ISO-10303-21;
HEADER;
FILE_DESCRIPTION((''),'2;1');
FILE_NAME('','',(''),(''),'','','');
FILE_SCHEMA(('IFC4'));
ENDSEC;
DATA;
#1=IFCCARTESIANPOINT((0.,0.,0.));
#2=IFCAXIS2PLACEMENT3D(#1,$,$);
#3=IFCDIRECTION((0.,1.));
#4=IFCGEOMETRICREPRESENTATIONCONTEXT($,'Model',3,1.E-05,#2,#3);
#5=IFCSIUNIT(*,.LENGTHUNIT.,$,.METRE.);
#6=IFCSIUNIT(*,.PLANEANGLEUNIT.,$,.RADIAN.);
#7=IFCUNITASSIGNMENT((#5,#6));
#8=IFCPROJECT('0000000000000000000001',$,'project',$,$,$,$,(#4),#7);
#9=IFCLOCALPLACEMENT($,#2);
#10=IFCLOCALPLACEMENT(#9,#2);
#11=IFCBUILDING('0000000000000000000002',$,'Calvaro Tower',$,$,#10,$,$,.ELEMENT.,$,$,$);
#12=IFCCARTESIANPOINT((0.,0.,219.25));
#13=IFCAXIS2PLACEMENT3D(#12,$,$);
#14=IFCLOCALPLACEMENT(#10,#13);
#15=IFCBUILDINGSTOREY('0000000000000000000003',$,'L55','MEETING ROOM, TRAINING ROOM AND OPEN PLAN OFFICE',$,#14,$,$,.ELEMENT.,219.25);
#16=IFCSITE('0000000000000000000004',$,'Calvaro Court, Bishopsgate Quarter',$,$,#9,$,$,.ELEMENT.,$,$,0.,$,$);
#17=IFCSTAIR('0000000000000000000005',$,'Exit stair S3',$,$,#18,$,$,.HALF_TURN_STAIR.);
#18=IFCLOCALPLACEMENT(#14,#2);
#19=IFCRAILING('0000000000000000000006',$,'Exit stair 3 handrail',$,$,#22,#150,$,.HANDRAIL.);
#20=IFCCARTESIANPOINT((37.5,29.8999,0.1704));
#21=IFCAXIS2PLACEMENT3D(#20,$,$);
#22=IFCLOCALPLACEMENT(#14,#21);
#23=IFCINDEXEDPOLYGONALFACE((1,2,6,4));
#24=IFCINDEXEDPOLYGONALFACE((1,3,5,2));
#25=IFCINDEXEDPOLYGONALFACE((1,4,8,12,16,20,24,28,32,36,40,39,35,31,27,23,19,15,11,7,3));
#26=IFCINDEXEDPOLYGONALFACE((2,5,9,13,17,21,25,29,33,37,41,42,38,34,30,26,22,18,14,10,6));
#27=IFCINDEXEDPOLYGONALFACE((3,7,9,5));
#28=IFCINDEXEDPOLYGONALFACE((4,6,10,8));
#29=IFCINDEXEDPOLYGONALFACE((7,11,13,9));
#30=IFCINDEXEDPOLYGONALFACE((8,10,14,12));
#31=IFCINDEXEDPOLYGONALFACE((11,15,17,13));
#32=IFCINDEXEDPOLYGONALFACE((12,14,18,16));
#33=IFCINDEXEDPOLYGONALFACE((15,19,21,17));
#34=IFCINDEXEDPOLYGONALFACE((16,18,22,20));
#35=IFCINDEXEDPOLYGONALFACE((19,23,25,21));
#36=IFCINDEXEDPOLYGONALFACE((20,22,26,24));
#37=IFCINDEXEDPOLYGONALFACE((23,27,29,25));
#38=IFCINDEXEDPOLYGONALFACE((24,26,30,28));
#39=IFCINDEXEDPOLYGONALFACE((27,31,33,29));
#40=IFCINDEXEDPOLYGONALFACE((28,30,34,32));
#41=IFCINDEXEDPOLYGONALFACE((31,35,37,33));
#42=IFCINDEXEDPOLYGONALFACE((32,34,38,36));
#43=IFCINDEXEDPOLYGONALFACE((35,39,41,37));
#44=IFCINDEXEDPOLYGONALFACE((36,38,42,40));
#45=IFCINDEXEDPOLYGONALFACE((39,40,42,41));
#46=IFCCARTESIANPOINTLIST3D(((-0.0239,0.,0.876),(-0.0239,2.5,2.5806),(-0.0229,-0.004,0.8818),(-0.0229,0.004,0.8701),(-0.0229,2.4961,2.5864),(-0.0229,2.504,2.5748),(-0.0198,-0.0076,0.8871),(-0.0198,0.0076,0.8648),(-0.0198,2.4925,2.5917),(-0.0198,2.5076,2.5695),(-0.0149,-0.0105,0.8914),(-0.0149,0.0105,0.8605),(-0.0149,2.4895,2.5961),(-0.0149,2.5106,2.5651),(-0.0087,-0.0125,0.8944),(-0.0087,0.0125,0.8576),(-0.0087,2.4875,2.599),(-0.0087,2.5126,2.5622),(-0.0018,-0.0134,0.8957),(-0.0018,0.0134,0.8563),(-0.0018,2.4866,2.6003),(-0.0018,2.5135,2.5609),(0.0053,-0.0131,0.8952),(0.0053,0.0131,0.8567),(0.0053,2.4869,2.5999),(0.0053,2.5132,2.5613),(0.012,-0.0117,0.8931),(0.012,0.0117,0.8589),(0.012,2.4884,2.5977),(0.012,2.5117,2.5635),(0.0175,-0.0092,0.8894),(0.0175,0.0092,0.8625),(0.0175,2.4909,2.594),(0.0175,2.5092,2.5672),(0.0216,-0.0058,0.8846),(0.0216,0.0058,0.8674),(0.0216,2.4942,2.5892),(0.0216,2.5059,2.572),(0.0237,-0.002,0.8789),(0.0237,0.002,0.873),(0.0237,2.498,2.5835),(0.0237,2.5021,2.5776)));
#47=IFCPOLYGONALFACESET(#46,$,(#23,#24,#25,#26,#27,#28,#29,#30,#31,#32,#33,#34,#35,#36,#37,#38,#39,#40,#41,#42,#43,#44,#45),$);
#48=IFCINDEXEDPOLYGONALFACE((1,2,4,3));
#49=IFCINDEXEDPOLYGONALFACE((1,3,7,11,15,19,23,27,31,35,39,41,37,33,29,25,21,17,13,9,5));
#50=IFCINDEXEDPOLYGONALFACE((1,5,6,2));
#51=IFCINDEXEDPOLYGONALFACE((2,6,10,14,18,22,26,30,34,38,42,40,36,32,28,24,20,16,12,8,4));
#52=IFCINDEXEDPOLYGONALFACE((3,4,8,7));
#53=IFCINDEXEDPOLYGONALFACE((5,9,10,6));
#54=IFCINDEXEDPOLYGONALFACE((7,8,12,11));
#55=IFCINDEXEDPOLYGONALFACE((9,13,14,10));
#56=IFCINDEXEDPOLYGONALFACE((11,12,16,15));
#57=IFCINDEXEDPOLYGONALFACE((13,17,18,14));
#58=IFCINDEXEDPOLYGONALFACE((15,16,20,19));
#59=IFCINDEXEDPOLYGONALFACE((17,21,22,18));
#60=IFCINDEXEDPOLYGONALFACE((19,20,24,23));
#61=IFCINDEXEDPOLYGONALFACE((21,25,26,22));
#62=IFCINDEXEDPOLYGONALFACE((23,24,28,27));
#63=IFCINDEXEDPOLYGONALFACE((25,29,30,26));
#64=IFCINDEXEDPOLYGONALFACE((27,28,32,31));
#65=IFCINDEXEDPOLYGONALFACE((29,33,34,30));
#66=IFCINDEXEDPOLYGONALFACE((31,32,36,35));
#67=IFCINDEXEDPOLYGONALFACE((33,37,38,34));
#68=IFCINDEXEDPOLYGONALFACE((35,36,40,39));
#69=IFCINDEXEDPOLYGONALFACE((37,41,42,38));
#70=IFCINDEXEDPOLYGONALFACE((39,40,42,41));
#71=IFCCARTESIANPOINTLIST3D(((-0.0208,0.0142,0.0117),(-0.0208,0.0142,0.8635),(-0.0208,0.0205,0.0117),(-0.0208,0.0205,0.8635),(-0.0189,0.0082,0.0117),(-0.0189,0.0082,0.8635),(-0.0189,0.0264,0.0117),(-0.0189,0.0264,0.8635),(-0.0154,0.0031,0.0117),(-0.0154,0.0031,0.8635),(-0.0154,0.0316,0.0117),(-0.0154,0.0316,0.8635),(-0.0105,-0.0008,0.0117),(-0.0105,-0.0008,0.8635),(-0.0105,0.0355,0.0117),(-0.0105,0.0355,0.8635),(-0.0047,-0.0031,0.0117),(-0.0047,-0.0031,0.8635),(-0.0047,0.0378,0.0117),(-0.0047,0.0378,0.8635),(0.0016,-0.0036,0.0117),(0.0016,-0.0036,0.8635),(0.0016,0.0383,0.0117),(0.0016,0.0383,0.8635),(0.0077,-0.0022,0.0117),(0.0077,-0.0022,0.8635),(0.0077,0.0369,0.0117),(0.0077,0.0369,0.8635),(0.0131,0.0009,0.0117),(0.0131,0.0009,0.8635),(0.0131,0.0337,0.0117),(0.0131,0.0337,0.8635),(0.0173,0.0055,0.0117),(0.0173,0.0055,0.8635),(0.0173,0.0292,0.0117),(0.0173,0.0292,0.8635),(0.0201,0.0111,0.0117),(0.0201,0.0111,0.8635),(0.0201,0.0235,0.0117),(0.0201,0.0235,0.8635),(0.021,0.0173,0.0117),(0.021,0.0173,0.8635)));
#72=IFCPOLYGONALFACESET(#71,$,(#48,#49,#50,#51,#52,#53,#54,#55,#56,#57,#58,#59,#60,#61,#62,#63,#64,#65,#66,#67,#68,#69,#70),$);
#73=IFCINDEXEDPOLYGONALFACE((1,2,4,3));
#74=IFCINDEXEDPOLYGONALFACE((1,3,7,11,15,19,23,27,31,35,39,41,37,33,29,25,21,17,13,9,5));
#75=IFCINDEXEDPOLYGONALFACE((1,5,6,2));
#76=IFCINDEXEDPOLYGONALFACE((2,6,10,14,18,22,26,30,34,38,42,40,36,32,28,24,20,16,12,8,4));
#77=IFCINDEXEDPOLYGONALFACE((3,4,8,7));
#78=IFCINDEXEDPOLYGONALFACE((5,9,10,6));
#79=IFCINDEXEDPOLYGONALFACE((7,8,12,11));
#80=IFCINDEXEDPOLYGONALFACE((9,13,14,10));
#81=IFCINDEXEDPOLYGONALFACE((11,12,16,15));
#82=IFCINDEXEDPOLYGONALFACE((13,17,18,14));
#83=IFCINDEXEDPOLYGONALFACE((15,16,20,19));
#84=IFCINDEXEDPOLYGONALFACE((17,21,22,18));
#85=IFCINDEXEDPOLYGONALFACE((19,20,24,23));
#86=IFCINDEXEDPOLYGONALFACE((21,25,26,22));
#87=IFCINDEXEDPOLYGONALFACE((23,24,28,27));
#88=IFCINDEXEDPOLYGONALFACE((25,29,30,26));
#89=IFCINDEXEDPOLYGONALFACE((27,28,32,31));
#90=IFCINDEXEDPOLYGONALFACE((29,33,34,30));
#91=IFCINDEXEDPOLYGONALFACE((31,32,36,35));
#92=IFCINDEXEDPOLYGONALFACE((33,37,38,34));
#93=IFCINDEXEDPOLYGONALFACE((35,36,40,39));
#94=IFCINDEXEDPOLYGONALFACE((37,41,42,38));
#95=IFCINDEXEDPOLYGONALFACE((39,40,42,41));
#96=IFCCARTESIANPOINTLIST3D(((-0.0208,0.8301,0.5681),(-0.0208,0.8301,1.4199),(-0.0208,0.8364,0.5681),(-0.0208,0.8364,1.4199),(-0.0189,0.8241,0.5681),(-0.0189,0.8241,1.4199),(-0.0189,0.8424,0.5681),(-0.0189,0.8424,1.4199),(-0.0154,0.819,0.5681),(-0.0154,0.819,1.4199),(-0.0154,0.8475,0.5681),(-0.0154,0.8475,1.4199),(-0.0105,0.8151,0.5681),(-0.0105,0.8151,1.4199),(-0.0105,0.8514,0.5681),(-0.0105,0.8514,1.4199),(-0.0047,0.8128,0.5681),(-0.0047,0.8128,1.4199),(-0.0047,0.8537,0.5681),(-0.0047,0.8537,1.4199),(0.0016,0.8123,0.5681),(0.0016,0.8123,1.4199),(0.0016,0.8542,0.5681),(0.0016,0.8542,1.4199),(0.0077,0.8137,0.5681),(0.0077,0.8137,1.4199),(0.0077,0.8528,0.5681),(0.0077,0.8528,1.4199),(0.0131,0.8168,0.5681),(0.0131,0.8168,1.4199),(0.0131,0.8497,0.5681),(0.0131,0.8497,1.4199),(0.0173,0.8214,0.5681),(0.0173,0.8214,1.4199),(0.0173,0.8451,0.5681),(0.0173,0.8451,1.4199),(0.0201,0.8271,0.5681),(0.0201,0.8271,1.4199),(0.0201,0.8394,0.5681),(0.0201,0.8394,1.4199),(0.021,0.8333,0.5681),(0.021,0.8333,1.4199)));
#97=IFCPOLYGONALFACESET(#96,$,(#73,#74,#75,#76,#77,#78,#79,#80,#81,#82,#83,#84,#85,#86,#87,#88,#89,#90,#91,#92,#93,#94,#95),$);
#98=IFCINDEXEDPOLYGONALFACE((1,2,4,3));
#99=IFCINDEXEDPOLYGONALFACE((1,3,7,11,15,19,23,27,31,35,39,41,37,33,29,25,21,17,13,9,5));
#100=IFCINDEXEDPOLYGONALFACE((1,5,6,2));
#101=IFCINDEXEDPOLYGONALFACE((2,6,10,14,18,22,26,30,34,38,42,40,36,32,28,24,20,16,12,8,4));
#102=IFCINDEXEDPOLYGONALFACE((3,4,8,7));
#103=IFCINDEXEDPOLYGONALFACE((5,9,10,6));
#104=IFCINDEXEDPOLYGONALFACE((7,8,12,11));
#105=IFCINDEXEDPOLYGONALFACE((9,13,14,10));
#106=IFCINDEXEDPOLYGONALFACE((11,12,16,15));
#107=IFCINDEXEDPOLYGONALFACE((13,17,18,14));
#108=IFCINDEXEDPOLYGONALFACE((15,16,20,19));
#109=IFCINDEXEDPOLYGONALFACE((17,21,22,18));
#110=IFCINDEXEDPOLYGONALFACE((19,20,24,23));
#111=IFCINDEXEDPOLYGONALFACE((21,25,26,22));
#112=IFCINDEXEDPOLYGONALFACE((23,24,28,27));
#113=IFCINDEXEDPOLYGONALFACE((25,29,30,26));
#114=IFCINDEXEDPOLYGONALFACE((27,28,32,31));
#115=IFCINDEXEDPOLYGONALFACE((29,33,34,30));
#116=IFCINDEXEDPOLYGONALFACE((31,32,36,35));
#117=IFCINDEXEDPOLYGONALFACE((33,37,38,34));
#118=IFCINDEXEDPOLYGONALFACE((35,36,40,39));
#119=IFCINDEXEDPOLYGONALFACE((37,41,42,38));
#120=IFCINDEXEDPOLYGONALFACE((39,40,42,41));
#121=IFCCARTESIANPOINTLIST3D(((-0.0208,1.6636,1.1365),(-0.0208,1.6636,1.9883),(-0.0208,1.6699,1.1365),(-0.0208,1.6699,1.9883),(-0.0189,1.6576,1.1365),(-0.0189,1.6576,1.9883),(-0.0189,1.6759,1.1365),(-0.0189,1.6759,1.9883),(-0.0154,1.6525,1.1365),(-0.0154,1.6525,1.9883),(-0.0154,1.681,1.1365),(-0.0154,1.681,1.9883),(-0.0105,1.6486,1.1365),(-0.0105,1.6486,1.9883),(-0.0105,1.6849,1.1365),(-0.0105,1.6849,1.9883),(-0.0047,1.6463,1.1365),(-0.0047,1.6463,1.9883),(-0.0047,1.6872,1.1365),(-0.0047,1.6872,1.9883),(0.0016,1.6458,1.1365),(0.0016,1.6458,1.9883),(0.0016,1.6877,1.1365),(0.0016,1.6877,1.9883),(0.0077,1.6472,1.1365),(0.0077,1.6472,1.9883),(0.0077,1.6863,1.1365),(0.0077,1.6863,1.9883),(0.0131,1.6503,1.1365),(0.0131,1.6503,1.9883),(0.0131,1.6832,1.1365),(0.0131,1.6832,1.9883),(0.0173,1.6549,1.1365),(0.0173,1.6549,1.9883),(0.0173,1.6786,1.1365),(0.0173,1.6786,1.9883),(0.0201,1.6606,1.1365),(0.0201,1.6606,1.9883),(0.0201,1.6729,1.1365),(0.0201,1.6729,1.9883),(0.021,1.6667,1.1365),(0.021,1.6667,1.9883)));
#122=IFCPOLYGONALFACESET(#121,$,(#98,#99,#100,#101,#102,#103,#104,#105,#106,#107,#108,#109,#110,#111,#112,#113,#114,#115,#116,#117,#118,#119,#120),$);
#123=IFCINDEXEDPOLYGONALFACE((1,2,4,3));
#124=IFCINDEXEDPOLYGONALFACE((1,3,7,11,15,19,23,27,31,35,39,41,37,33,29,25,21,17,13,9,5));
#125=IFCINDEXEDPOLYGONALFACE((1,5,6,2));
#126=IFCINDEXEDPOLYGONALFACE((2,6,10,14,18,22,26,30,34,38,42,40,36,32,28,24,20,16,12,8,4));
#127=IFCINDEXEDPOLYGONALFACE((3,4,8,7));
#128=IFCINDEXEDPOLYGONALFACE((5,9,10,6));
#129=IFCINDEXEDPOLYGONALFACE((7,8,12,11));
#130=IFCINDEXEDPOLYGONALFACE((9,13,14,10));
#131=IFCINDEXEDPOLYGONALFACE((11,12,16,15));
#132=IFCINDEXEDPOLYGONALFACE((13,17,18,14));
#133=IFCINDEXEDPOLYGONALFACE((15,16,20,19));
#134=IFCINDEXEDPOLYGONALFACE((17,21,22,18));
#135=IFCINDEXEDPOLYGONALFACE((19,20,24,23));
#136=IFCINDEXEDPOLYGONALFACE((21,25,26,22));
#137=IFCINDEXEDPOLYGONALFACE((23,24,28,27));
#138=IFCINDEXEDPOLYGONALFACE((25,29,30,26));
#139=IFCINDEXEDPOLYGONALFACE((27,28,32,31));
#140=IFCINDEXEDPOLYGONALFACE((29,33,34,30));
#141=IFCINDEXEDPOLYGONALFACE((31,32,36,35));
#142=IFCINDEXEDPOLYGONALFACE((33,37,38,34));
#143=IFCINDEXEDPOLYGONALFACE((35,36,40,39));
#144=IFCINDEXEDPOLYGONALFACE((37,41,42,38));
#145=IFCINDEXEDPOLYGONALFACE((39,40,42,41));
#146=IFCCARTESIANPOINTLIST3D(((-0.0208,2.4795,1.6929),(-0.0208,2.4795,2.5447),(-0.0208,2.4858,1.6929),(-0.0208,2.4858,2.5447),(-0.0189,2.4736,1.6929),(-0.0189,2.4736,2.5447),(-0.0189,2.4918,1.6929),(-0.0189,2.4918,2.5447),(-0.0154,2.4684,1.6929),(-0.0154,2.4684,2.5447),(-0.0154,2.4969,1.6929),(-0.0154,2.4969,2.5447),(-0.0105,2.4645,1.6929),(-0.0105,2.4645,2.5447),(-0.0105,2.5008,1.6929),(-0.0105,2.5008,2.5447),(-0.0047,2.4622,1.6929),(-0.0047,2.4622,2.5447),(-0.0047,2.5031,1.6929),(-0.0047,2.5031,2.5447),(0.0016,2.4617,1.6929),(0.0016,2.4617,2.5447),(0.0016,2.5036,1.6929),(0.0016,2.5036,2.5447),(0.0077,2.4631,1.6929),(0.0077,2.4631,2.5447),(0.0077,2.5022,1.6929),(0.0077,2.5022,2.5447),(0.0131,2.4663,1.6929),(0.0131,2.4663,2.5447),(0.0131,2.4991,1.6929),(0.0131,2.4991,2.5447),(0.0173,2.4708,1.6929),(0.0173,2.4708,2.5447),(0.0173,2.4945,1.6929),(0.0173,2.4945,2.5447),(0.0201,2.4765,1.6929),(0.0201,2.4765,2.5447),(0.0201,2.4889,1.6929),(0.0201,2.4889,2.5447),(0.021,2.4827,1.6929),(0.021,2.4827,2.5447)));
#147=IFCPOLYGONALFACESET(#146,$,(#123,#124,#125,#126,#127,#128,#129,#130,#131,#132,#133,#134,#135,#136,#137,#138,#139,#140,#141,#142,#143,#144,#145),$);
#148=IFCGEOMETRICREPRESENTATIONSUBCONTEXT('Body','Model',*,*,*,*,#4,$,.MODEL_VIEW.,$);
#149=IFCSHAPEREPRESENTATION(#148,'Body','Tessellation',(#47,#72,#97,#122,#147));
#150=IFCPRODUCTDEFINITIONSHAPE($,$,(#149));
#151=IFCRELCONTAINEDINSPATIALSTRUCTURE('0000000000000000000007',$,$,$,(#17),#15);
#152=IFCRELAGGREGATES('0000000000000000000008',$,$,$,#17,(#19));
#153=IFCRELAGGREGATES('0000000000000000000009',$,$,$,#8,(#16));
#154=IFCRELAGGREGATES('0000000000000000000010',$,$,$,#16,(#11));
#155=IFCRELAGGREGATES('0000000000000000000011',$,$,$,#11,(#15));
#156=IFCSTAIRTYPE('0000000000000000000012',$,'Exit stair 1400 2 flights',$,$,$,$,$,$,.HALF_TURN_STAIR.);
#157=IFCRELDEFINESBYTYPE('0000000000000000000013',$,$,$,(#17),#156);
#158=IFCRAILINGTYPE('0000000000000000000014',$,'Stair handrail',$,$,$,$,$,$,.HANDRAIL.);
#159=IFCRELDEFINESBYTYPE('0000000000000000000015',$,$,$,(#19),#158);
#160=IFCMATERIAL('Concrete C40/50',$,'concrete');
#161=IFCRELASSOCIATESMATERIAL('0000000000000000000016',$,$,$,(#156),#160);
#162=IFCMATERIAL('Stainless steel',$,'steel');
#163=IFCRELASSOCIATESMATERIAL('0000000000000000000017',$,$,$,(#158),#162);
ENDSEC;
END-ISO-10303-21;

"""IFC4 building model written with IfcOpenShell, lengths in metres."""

from ifc_helpers import new_model, si_unit, direction, frame, origin, origin_2d, place, context, subcontext, project, spatial, circle, extrude, material, type_object, element, aggregate, save


model = new_model("IFC4")

# Units and contexts
model_context = context("Model", 3, precision=1e-05, world=origin(), true_north=direction((0.0, 1.0)))
body_context = subcontext(model_context, "Body", "Model", "MODEL_VIEW")
ifc_project = project(units=[si_unit("LENGTHUNIT", "METRE"), si_unit("PLANEANGLEUNIT", "RADIAN")], contexts=[model_context])

# Site, building, storey
site_placement = place(None, origin())
site = spatial("IfcSite", under=ifc_project, at=site_placement, Name="Calvaro Court, Bishopsgate Quarter", CompositionType="ELEMENT", RefElevation=0.0)
building_placement = place(site_placement, origin())
building = spatial("IfcBuilding", under=site, at=building_placement, Name="Calvaro Tower", CompositionType="ELEMENT")
storey_placement = place(building_placement, frame((0.0, 0.0, 219.25)))
storey = spatial("IfcBuildingStorey", under=building, at=storey_placement, Name="L55", Description="MEETING ROOM, TRAINING ROOM AND OPEN PLAN OFFICE", CompositionType="ELEMENT", Elevation=219.25)

# Stair, railing
ifc_material_1 = material(Name="Concrete C40/50", Category="concrete")
stair_type = type_object("IfcStairType", Name="Exit stair 1400 2 flights", PredefinedType="HALF_TURN_STAIR", material=ifc_material_1)
stair_1_placement = place(storey_placement, origin())
stair_1 = element("IfcStair", 1, at=stair_1_placement, inside=storey, type_object=stair_type, Name="Exit stair S3", PredefinedType="HALF_TURN_STAIR")
ifc_material_2 = material(Name="Stainless steel", Category="steel")
railing_type = type_object("IfcRailingType", Name="Stair handrail", PredefinedType="HANDRAIL", material=ifc_material_2)
railing_1_placement = place(storey_placement, frame((37.5, 29.8999, 0.1704)))
railing_1 = element("IfcRailing", 2, at=railing_1_placement, type_object=railing_type, Name="Exit stair 3 handrail", PredefinedType="HANDRAIL", context=body_context, shape_type="SweptSolid", body=[
    extrude(circle(Radius=0.0239, at=origin_2d()), frame((0.0, 0.0, 0.876), z_axis=(0.0, 0.826221, 0.563347), x_axis=(-1.0, 0.0, 0.0)), (0.0, 0.0, 1.0), 3.0259),
    extrude(circle(Radius=0.021, at=origin_2d()), frame((0.0, 0.0173, 0.0117)), (0.0, 0.0, 1.0), 0.8518),
    extrude(circle(Radius=0.021, at=origin_2d()), frame((0.0, 0.8333, 0.5681)), (0.0, 0.0, 1.0), 0.8518),
    extrude(circle(Radius=0.021, at=origin_2d()), frame((0.0, 1.6667, 1.1365)), (0.0, 0.0, 1.0), 0.8518),
    extrude(circle(Radius=0.021, at=origin_2d()), frame((0.0, 2.4827, 1.6929)), (0.0, 0.0, 1.0), 0.8518),
])
aggregate(stair_1, [railing_1])

save(model, "model.ifc")
